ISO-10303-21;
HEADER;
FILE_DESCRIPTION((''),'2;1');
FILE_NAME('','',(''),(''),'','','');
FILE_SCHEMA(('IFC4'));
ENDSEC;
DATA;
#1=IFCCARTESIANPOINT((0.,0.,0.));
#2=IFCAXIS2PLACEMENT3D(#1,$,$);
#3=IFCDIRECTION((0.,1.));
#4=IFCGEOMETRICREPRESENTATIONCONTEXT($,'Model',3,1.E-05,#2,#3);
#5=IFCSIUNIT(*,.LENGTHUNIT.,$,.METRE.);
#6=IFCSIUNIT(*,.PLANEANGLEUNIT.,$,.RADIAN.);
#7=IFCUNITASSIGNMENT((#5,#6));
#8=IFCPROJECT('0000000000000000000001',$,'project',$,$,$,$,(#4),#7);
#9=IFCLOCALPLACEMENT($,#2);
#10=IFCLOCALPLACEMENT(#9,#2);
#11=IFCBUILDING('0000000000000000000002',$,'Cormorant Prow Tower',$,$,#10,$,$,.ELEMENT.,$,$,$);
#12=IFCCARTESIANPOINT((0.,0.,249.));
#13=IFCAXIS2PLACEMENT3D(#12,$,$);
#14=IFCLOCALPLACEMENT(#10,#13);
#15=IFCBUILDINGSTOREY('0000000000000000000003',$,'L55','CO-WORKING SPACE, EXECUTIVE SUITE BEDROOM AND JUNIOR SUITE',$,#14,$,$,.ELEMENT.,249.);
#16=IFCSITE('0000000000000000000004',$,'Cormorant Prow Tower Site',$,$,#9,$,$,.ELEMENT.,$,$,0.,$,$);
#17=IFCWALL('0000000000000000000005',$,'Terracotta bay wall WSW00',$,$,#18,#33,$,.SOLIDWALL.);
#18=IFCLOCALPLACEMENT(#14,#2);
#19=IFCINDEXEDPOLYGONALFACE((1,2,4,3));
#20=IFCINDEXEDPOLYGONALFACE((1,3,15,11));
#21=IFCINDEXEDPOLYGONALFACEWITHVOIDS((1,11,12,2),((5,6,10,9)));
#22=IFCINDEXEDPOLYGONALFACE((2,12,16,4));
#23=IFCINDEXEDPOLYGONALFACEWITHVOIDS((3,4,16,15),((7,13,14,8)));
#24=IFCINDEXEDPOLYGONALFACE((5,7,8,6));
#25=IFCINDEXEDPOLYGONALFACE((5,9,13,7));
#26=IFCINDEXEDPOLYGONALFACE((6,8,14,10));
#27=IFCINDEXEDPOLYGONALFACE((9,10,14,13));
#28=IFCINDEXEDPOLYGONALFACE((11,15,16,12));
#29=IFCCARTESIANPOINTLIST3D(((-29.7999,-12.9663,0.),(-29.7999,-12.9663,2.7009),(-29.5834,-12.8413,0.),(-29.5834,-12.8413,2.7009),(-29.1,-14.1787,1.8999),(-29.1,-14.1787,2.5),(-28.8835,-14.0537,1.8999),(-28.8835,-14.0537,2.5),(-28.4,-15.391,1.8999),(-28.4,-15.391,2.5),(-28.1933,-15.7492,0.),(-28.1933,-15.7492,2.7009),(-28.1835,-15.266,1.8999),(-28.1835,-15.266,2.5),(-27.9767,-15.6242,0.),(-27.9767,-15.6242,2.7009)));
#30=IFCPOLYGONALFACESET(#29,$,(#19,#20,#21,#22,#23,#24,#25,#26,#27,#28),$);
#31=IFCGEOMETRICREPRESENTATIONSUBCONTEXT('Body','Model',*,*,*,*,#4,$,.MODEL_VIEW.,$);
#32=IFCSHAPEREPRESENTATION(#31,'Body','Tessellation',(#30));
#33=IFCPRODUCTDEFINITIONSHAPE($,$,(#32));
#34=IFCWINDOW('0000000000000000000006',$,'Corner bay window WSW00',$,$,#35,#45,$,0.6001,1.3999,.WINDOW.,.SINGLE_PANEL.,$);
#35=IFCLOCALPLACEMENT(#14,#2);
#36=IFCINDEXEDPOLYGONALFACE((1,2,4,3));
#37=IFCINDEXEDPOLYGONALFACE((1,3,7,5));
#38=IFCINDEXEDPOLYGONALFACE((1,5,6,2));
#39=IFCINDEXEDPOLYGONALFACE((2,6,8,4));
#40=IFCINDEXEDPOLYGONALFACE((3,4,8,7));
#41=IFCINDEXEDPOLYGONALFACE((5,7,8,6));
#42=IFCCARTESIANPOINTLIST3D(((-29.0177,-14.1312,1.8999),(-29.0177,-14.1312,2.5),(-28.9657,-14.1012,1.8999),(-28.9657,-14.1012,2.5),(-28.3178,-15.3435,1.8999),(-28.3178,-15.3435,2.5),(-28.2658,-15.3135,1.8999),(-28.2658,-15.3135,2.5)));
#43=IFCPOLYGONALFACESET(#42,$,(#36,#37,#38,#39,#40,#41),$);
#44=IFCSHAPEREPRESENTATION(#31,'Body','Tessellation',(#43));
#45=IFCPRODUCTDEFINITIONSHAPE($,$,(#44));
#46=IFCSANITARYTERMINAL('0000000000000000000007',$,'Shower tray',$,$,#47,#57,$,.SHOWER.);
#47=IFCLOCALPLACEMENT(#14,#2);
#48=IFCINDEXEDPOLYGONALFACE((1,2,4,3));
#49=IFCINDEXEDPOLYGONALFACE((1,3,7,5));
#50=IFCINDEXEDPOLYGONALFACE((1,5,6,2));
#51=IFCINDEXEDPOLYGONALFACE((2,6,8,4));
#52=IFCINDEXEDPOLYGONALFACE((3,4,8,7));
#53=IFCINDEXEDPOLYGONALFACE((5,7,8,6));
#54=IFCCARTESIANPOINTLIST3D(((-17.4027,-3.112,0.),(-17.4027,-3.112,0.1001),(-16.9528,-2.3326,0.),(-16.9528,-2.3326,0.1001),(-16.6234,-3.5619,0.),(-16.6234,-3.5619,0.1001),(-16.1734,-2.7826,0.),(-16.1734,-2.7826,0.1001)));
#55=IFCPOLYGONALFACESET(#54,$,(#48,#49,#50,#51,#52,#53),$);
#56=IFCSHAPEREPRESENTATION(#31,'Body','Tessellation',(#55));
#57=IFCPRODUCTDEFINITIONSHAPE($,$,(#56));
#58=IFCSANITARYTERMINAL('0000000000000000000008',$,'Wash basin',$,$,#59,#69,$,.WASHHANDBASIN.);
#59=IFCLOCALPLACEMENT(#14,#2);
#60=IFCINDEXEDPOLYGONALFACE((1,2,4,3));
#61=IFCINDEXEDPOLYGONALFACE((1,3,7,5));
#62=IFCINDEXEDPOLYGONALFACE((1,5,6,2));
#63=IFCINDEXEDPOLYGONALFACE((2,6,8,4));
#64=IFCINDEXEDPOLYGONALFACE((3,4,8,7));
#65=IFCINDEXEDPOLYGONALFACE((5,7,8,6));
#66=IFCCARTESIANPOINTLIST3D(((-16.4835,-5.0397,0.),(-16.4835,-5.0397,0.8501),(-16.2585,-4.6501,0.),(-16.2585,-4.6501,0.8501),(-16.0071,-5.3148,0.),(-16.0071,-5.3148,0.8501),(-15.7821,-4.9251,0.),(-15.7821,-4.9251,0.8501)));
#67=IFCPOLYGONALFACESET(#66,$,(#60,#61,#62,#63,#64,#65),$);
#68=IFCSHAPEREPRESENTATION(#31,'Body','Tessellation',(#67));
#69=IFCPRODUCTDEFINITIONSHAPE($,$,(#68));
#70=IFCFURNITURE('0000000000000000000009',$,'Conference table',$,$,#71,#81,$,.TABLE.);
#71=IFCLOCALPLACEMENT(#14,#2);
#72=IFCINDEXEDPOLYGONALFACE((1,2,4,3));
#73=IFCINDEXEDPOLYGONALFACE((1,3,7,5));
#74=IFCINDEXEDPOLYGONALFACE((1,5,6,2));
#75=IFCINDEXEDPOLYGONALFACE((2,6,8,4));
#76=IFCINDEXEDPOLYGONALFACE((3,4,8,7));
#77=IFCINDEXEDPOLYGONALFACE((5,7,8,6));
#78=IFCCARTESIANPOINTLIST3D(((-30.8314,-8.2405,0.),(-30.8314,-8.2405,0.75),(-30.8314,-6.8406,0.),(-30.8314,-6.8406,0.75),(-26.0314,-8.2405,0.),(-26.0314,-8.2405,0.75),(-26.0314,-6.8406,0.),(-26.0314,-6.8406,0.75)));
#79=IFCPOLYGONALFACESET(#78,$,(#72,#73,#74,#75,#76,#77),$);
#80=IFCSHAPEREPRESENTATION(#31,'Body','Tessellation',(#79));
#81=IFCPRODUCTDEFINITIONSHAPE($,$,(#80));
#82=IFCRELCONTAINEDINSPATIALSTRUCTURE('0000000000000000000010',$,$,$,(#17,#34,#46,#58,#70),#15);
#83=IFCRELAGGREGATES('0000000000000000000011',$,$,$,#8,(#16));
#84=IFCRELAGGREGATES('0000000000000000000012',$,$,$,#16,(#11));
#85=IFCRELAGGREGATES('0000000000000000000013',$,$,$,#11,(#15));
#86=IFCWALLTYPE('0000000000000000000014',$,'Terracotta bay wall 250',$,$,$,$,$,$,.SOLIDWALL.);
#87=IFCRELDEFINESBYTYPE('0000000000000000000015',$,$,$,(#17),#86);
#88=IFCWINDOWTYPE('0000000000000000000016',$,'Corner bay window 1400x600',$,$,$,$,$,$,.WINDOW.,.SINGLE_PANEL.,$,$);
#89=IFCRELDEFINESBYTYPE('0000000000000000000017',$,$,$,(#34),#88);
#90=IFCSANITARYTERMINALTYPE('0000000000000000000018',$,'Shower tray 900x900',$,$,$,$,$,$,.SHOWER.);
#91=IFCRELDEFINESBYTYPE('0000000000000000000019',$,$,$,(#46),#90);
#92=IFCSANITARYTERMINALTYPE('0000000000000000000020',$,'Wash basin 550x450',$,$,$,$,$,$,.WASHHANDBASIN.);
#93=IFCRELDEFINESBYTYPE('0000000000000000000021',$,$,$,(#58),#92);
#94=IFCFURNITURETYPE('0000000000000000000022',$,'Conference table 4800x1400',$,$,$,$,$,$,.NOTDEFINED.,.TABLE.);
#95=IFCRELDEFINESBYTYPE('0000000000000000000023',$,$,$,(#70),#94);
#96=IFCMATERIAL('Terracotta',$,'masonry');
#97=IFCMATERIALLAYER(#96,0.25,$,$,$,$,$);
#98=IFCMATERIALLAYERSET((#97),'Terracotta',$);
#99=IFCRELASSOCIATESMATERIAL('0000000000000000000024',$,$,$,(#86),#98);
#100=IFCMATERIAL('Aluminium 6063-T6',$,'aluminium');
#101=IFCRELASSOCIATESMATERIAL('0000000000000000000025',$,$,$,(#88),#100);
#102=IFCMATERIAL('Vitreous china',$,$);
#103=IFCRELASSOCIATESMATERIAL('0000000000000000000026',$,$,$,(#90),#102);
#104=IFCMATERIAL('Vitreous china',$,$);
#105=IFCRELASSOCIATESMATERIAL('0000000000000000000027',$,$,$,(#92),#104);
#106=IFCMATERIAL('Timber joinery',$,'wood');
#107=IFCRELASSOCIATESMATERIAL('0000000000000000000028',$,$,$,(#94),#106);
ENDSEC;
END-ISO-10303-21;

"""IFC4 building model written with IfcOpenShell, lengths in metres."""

from ifc_helpers import new_model, si_unit, direction, frame, frame_2d, origin, origin_2d, place, context, subcontext, project, spatial, rectangle, extrude, material, layer, layer_set, type_object, element, fill, save


model = new_model("IFC4")

# Units and contexts
model_context = context("Model", 3, precision=1e-05, world=origin(), true_north=direction((0.0, 1.0)))
body_context = subcontext(model_context, "Body", "Model", "MODEL_VIEW")
ifc_project = project(units=[si_unit("LENGTHUNIT", "METRE"), si_unit("PLANEANGLEUNIT", "RADIAN")], contexts=[model_context])

# Site, building, storey
site_placement = place(None, origin())
site = spatial("IfcSite", under=ifc_project, at=site_placement, Name="Cormorant Prow Tower Site", CompositionType="ELEMENT", RefElevation=0.0)
building_placement = place(site_placement, origin())
building = spatial("IfcBuilding", under=site, at=building_placement, Name="Cormorant Prow Tower", CompositionType="ELEMENT")
storey_placement = place(building_placement, frame((0.0, 0.0, 249.0)))
storey = spatial("IfcBuildingStorey", under=building, at=storey_placement, Name="L55", Description="CO-WORKING SPACE, EXECUTIVE SUITE BEDROOM AND JUNIOR SUITE", CompositionType="ELEMENT", Elevation=249.0)

# Wall, opening, window
ifc_material_1 = material(Name="Terracotta", Category="masonry")
ifc_layer_1 = layer(ifc_material_1, 0.25)
ifc_layer_set_1 = layer_set([ifc_layer_1], Name="Terracotta")
wall_type_1 = type_object("IfcWallType", Name="Terracotta bay wall 250", PredefinedType="SOLIDWALL", material=ifc_layer_set_1)
wall_1_placement = place(storey_placement, frame((-29.6917, -12.9038, 0.0), z_axis=(0.0, 0.0, 1.0), x_axis=(0.499988, -0.866033, 0.0)))
wall_1 = element("IfcWall", 1, at=wall_1_placement, inside=storey, type_object=wall_type_1, Name="Terracotta bay wall WSW00", PredefinedType="SOLIDWALL", context=body_context, shape_type="SweptSolid", body=[
    extrude(rectangle(XDim=3.2134, YDim=0.25, at=frame_2d((1.6067, 0.0))), origin(), (0.0, 0.0, 1.0), 2.7009),
])
opening_1_placement = place(wall_1_placement, frame((1.3999, 0.0, 1.8999)))
opening_1 = element("IfcOpeningElement", 2, at=opening_1_placement, cuts=wall_1, PredefinedType="OPENING", context=body_context, shape_type="SweptSolid", body=[
    extrude(rectangle(XDim=1.3999, YDim=0.6001, at=frame_2d((0.7, 0.3))), frame((0.0, 0.135, 0.0), z_axis=(0.0, -1.0, 0.0), x_axis=(1.0, 0.0, 0.0)), (0.0, 0.0, 1.0), 0.27),
])
ifc_material_2 = material(Name="Aluminium 6063-T6", Category="aluminium")
window_type = type_object("IfcWindowType", Name="Corner bay window 1400x600", PartitioningType="SINGLE_PANEL", PredefinedType="WINDOW", material=ifc_material_2)
window_placement = place(opening_1_placement, origin())
window = element("IfcWindow", 3, at=window_placement, inside=storey, type_object=window_type, Name="Corner bay window WSW00", OverallHeight=0.6001, OverallWidth=1.3999, PartitioningType="SINGLE_PANEL", PredefinedType="WINDOW", context=body_context, shape_type="SweptSolid", body=[
    extrude(rectangle(XDim=1.3999, YDim=0.6001, at=frame_2d((0.7, 0.3))), frame((0.0, 0.03, 0.0), z_axis=(0.0, -1.0, 0.0), x_axis=(1.0, 0.0, 0.0)), (0.0, 0.0, 1.0), 0.0601),
])
fill(opening_1, window)

# Sanitary terminals
ifc_material_3 = material(Name="Vitreous china")
sanitary_terminal_type_1 = type_object("IfcSanitaryTerminalType", Name="Shower tray 900x900", PredefinedType="SHOWER", material=ifc_material_3)
sanitary_terminal_1_placement = place(storey_placement, frame((-16.7881, -2.9473, 0.0), z_axis=(0.0, 0.0, 1.0), x_axis=(0.866025, -0.5, 0.0)))
element("IfcSanitaryTerminal", 4, at=sanitary_terminal_1_placement, inside=storey, type_object=sanitary_terminal_type_1, Name="Shower tray", PredefinedType="SHOWER", context=body_context, shape_type="SweptSolid", body=[
    extrude(rectangle(XDim=0.8999, YDim=0.8999, at=origin_2d()), origin(), (0.0, 0.0, 1.0), 0.1001),
])
ifc_material_4 = material(Name="Vitreous china")
sanitary_terminal_type_2 = type_object("IfcSanitaryTerminalType", Name="Wash basin 550x450", PredefinedType="WASHHANDBASIN", material=ifc_material_4)
sanitary_terminal_2_placement = place(storey_placement, frame((-16.1328, -4.9824, 0.0), z_axis=(0.0, 0.0, 1.0), x_axis=(-0.866025, 0.5, 0.0)))
element("IfcSanitaryTerminal", 5, at=sanitary_terminal_2_placement, inside=storey, type_object=sanitary_terminal_type_2, Name="Wash basin", PredefinedType="WASHHANDBASIN", context=body_context, shape_type="SweptSolid", body=[
    extrude(rectangle(XDim=0.55, YDim=0.45, at=origin_2d()), origin(), (0.0, 0.0, 1.0), 0.8501),
])

# Furniture
ifc_material_5 = material(Name="Timber joinery", Category="wood")
furniture_type = type_object("IfcFurnitureType", Name="Conference table 4800x1400", AssemblyPlace="NOTDEFINED", PredefinedType="TABLE", material=ifc_material_5)
furniture_placement = place(storey_placement, frame((-28.4314, -7.5405, 0.0), z_axis=(0.0, 0.0, 1.0), x_axis=(1.0, 0.0, 0.0)))
element("IfcFurniture", 6, at=furniture_placement, inside=storey, type_object=furniture_type, Name="Conference table", PredefinedType="TABLE", context=body_context, shape_type="SweptSolid", body=[
    extrude(rectangle(XDim=4.8, YDim=1.3999, at=origin_2d()), origin(), (0.0, 0.0, 1.0), 0.75),
])

save(model, "model.ifc")
